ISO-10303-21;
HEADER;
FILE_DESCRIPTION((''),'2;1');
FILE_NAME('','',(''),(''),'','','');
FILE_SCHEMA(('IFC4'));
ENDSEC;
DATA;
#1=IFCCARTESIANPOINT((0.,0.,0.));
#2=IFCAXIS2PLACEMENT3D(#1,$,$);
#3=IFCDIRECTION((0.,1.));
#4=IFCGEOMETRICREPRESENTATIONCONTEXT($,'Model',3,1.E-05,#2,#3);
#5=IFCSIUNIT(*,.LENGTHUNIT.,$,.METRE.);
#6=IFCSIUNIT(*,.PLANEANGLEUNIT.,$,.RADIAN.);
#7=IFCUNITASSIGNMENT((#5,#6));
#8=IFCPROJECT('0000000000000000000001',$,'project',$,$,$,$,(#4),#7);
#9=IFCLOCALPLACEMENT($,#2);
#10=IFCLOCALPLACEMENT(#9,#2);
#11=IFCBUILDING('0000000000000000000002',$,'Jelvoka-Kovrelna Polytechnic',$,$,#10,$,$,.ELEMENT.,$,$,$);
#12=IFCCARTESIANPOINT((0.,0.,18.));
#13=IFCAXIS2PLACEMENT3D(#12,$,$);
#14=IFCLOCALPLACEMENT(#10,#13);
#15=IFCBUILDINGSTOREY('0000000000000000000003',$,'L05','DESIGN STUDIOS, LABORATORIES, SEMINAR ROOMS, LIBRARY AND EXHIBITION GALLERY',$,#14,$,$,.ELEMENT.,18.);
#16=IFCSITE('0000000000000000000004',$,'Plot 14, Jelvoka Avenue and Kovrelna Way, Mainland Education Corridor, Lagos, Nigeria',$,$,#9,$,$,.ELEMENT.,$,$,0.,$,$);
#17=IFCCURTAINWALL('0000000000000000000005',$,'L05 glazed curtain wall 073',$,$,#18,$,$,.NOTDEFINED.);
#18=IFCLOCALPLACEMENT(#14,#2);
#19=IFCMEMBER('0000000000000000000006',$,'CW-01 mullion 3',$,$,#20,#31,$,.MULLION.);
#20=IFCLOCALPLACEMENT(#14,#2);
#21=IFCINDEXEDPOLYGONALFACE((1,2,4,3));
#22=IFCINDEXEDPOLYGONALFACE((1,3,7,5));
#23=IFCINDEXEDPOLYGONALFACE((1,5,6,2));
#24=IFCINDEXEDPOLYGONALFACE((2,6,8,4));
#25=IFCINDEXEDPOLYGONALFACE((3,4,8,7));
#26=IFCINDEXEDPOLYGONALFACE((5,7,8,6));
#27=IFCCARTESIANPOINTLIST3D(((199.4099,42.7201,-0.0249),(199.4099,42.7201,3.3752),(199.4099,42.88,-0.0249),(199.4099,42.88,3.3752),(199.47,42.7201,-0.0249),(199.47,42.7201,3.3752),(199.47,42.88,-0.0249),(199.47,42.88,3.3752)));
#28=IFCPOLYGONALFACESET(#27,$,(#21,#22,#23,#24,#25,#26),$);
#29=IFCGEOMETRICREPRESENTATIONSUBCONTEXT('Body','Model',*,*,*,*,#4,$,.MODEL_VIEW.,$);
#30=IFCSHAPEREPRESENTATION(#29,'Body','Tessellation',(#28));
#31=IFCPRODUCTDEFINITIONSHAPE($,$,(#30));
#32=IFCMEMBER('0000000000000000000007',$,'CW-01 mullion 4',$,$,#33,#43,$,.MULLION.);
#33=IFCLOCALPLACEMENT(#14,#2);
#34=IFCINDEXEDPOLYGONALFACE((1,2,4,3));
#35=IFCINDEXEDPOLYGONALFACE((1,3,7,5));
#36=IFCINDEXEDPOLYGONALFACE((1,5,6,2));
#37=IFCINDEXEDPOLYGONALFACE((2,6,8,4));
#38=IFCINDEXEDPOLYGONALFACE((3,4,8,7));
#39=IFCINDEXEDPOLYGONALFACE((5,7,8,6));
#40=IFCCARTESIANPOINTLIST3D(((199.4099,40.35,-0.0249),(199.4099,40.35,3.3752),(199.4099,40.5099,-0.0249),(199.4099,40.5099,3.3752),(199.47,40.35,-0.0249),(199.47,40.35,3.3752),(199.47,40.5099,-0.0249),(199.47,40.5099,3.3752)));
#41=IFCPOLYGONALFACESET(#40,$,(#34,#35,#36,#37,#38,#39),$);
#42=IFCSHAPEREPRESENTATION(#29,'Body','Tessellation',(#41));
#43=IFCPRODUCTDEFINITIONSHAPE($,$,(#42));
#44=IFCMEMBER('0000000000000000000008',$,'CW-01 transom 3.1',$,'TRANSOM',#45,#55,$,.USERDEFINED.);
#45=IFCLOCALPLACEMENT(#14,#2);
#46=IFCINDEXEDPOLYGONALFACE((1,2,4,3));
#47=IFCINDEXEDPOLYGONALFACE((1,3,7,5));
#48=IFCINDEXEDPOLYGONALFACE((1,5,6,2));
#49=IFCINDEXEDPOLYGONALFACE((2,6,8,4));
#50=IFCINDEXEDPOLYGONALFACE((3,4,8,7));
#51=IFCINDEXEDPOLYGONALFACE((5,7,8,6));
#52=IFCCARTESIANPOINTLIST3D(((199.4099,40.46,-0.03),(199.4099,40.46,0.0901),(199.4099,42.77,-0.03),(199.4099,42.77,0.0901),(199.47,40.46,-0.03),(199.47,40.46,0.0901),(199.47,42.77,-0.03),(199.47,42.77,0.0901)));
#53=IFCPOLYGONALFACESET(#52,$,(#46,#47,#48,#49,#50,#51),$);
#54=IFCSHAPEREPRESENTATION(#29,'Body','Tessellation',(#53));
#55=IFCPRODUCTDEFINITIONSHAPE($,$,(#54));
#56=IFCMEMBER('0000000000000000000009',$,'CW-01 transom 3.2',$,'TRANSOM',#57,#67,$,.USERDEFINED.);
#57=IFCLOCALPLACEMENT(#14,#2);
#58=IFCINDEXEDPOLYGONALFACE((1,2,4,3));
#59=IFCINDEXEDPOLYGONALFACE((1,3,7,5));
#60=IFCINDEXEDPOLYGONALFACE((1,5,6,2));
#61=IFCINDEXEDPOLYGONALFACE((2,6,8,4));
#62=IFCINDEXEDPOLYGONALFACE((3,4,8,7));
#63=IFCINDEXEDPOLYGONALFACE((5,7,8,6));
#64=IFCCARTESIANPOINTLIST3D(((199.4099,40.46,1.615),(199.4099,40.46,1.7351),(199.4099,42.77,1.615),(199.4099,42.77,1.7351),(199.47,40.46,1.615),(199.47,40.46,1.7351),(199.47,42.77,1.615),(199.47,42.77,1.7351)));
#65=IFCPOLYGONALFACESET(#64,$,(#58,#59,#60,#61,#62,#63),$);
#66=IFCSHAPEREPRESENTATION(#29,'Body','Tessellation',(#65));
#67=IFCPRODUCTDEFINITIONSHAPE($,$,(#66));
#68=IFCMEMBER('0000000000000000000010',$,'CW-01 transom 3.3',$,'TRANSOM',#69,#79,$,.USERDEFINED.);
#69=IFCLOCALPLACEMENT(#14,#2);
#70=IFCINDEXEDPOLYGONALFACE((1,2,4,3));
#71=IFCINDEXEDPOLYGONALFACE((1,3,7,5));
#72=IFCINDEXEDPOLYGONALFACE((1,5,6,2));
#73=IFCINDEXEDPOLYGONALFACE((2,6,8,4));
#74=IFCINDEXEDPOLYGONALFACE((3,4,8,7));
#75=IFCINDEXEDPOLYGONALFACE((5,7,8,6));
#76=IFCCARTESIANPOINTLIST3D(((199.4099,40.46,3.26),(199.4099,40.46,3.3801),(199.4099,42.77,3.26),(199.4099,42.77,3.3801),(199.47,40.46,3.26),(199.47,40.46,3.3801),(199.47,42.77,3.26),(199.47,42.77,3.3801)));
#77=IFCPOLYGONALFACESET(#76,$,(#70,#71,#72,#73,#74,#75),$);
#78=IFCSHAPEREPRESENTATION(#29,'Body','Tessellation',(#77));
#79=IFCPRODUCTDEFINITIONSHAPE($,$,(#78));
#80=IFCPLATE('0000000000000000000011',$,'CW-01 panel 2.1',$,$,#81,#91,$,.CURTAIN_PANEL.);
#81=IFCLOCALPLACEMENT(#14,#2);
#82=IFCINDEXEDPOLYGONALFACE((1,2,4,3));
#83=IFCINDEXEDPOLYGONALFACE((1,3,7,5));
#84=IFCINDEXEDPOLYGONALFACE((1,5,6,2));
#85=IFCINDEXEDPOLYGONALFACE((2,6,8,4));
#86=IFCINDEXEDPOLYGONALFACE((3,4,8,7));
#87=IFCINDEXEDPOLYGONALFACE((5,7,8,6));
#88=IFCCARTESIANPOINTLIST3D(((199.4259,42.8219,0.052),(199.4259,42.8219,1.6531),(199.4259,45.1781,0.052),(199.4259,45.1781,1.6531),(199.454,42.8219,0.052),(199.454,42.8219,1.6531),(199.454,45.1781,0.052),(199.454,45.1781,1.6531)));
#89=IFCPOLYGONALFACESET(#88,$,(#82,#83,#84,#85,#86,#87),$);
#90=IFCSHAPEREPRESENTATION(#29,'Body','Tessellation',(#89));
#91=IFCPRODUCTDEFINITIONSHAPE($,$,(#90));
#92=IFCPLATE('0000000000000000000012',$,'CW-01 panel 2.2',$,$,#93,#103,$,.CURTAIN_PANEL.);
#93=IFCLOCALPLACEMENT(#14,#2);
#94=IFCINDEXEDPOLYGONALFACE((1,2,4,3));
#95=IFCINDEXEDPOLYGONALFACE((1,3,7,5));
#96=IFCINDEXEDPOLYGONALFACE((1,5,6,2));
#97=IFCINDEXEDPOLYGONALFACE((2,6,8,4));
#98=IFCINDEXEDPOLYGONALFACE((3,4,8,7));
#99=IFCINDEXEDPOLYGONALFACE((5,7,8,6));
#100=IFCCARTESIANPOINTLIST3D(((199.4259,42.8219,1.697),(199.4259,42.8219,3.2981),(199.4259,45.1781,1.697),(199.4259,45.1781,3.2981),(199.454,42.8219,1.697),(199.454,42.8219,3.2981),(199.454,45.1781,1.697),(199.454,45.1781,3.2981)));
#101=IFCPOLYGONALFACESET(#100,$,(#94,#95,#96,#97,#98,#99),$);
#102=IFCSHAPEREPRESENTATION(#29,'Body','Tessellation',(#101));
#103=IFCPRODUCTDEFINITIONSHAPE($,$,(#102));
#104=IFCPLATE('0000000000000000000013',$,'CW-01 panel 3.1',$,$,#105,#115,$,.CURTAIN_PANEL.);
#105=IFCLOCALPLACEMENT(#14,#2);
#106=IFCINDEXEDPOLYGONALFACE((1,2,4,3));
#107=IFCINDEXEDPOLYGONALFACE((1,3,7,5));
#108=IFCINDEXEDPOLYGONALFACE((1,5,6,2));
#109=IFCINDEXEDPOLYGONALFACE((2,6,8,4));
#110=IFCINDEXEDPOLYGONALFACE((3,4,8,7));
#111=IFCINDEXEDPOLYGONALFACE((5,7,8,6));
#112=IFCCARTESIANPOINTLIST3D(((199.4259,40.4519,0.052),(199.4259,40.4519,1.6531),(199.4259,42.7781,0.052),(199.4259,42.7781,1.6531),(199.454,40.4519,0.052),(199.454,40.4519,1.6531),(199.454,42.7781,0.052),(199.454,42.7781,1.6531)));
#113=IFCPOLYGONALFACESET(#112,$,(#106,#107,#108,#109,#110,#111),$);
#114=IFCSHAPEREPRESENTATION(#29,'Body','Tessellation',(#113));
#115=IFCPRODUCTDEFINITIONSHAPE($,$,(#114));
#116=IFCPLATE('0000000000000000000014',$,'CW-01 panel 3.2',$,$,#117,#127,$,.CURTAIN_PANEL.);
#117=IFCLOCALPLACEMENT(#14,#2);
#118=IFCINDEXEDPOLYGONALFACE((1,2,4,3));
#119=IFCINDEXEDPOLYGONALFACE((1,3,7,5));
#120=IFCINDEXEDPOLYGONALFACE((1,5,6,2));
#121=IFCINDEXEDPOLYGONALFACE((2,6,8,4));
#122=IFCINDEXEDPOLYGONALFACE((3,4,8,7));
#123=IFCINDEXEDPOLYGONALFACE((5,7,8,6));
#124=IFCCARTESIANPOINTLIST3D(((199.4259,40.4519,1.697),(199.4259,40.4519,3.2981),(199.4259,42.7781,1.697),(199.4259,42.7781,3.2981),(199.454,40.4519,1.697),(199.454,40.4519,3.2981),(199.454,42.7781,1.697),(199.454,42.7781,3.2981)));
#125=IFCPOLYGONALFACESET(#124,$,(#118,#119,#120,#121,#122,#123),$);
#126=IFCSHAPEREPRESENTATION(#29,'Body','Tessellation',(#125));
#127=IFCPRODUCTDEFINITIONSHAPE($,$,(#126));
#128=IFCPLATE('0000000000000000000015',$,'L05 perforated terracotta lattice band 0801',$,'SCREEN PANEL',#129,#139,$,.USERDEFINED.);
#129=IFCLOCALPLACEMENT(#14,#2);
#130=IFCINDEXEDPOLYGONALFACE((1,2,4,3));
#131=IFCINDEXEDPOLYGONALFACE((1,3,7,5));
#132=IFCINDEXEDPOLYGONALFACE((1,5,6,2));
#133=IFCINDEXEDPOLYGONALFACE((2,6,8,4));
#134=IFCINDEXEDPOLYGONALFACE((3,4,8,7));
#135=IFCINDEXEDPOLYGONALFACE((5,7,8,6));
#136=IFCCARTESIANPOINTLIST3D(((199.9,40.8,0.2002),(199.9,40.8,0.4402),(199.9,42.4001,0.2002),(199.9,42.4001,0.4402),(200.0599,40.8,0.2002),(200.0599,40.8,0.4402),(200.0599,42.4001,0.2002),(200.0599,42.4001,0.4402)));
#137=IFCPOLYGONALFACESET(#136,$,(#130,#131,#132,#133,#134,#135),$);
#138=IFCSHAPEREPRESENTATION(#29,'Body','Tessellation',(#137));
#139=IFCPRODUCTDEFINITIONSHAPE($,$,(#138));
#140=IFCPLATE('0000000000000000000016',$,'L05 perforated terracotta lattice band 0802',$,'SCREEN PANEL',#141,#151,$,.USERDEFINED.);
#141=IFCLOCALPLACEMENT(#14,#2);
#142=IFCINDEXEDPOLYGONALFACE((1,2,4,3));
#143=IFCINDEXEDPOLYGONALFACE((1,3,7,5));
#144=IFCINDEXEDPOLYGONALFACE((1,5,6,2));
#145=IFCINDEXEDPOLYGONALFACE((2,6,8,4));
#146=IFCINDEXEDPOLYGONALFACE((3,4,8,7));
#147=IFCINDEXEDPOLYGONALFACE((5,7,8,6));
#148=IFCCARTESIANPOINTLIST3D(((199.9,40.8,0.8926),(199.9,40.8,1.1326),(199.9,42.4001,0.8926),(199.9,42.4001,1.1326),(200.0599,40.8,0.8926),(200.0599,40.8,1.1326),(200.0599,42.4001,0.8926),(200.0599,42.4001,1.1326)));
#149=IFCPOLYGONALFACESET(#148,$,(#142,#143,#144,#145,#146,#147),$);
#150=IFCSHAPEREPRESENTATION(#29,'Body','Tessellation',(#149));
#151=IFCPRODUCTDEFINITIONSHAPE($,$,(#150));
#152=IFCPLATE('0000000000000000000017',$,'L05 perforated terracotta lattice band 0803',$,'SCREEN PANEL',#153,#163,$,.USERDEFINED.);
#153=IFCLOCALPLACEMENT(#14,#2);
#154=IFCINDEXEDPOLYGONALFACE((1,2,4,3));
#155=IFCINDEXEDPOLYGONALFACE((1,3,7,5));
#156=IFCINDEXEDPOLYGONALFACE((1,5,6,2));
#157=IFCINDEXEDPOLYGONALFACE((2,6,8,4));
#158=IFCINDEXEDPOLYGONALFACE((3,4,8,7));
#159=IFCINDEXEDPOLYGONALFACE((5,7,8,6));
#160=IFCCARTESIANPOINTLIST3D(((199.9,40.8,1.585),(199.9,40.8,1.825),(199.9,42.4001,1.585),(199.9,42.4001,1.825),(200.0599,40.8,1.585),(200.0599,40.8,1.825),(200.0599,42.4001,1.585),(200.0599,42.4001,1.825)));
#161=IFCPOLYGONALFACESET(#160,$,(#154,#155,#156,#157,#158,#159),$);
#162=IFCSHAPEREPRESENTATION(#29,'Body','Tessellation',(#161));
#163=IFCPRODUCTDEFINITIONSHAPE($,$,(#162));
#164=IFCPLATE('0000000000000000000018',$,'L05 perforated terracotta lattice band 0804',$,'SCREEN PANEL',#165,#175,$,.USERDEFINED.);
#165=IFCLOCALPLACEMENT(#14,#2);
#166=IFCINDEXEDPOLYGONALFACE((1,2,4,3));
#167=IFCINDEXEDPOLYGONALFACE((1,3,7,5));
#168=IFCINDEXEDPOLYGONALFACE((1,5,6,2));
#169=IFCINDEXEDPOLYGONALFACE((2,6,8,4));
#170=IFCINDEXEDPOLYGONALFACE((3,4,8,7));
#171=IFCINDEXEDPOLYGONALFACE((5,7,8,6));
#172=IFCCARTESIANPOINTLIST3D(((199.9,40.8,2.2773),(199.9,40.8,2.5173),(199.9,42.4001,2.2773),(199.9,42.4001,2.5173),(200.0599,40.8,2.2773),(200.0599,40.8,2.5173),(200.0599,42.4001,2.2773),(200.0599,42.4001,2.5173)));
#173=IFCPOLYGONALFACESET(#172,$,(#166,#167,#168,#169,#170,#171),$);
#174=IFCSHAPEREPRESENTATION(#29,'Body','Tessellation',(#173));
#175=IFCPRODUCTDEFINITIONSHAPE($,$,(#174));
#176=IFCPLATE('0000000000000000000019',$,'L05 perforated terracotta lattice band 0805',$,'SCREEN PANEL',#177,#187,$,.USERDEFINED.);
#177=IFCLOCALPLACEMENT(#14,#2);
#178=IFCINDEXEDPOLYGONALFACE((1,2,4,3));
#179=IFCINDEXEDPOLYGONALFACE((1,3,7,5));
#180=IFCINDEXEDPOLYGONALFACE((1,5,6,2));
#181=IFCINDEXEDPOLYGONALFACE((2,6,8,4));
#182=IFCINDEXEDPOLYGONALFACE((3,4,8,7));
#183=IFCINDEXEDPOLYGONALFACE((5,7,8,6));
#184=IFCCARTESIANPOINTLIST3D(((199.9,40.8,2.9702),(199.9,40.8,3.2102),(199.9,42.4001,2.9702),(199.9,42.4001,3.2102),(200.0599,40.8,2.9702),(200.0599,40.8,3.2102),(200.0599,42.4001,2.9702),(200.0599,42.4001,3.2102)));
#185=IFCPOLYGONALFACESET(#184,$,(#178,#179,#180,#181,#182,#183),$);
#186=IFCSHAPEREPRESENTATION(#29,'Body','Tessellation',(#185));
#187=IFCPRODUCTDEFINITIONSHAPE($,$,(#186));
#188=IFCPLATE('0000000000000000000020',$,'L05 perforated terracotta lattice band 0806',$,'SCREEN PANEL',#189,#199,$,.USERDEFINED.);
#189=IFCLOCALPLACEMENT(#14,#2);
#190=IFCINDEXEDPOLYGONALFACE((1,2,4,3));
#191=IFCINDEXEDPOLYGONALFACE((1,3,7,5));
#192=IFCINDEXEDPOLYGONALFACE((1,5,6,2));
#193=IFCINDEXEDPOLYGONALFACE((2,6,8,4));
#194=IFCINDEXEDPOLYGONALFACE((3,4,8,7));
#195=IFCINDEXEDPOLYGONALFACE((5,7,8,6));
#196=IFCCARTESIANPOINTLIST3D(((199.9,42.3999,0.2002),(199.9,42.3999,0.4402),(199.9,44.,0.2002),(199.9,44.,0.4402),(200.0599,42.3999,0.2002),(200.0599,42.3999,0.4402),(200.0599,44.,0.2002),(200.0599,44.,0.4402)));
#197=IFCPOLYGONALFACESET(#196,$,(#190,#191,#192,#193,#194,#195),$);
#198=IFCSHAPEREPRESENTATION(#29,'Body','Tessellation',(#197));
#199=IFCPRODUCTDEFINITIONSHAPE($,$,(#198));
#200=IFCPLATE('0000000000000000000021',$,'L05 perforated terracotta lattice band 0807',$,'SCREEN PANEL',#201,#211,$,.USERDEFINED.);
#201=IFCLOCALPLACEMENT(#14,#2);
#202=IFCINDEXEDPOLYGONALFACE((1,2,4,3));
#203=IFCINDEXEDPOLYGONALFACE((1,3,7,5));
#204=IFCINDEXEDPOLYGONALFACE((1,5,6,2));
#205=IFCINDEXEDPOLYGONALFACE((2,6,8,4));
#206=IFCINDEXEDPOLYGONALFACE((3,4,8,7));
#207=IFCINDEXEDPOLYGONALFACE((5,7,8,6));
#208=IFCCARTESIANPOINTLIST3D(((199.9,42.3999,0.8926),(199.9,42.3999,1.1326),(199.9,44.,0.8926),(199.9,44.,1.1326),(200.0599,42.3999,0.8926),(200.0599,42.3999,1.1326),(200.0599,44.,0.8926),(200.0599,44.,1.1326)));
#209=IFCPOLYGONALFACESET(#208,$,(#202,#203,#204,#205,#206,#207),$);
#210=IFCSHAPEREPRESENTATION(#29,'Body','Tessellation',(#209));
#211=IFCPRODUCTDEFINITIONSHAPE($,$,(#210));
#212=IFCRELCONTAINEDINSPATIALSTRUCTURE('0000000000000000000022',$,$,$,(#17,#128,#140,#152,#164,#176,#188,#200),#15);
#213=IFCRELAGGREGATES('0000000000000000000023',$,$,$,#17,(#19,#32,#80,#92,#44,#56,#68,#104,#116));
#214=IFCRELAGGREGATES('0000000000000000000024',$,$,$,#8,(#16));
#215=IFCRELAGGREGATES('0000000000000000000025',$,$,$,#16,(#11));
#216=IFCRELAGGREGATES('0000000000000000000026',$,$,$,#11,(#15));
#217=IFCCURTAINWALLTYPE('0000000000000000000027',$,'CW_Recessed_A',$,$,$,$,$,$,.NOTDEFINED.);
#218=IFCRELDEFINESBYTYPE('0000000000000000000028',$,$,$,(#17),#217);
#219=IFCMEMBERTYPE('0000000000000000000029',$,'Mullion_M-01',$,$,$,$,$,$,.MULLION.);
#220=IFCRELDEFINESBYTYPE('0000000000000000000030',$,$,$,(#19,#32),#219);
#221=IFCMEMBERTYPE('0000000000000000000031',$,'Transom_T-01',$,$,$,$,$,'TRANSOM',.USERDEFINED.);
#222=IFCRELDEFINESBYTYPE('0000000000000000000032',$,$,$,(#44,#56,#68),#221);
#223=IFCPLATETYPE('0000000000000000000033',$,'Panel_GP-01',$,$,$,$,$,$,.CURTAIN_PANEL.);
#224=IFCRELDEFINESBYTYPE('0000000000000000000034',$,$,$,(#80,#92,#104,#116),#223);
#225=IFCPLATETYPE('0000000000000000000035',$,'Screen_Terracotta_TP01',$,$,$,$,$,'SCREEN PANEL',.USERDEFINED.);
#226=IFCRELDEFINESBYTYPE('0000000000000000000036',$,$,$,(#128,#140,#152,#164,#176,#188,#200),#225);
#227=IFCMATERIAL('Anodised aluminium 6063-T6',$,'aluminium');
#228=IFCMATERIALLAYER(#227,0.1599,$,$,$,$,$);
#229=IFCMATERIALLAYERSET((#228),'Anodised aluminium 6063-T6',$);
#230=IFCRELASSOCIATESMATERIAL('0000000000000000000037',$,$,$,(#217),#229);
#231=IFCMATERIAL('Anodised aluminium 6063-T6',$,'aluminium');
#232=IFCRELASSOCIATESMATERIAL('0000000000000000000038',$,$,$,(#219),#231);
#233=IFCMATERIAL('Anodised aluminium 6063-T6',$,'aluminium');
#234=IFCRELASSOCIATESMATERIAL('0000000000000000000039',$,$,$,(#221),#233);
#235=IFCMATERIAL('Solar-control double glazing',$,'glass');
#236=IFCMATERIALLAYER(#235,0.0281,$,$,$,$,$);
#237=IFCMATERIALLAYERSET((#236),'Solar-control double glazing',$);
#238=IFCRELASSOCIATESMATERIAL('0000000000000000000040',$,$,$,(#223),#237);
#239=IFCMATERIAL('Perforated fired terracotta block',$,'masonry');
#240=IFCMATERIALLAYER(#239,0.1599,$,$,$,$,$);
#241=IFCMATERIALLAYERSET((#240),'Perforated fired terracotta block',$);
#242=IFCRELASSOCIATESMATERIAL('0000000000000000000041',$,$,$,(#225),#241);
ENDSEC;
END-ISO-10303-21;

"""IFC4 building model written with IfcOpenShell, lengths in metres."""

from ifc_helpers import new_model, si_unit, direction, frame, origin, origin_2d, place, context, subcontext, project, spatial, rectangle, extrude, material, layer, layer_set, material_profile, profile_set, type_object, element, aggregate, save


model = new_model("IFC4")

# Units and contexts
model_context = context("Model", 3, precision=1e-05, world=origin(), true_north=direction((0.0, 1.0)))
body_context = subcontext(model_context, "Body", "Model", "MODEL_VIEW")
ifc_project = project(units=[si_unit("LENGTHUNIT", "METRE"), si_unit("PLANEANGLEUNIT", "RADIAN")], contexts=[model_context])

# Site, building, storey
site_placement = place(None, origin())
site = spatial("IfcSite", under=ifc_project, at=site_placement, Name="Plot 14, Jelvoka Avenue and Kovrelna Way, Mainland Education Corridor, Lagos, Nigeria", CompositionType="ELEMENT", RefElevation=0.0)
building_placement = place(site_placement, origin())
building = spatial("IfcBuilding", under=site, at=building_placement, Name="Jelvoka-Kovrelna Polytechnic", CompositionType="ELEMENT")
storey_placement = place(building_placement, frame((0.0, 0.0, 18.0)))
storey = spatial("IfcBuildingStorey", under=building, at=storey_placement, Name="L05", Description="DESIGN STUDIOS, LABORATORIES, SEMINAR ROOMS, LIBRARY AND EXHIBITION GALLERY", CompositionType="ELEMENT", Elevation=18.0)

# Curtain wall, members, plates
ifc_material_1 = material(Name="Anodised aluminium 6063-T6", Category="aluminium")
ifc_layer_1 = layer(ifc_material_1, 0.1599)
ifc_layer_set_1 = layer_set([ifc_layer_1], Name="Anodised aluminium 6063-T6")
curtain_wall_type = type_object("IfcCurtainWallType", Name="CW_Recessed_A", PredefinedType="NOTDEFINED", material=ifc_layer_set_1)
curtain_wall_placement = place(storey_placement, origin())
curtain_wall = element("IfcCurtainWall", 1, at=curtain_wall_placement, inside=storey, type_object=curtain_wall_type, Name="L05 glazed curtain wall 073", PredefinedType="NOTDEFINED")
ifc_material_2 = material(Name="Anodised aluminium 6063-T6", Category="aluminium")
ifc_material_profile_1 = material_profile(ifc_material_2, rectangle(XDim=0.0601, YDim=0.1599, at=origin_2d()), Name="ALU 60x160")
ifc_profile_set_1 = profile_set([ifc_material_profile_1], Name="Anodised aluminium 6063-T6")
member_type_1 = type_object("IfcMemberType", Name="Mullion_M-01", PredefinedType="MULLION", material=ifc_profile_set_1)
member_1_placement = place(storey_placement, frame((199.4399, 42.8, -0.0249), z_axis=(0.0, 0.0, 1.0), x_axis=(1.0, 0.0, 0.0)))
member_1 = element("IfcMember", 2, at=member_1_placement, type_object=member_type_1, Name="CW-01 mullion 3", PredefinedType="MULLION", context=body_context, shape_type="SweptSolid", body=[
    extrude(rectangle(XDim=0.0601, YDim=0.1599, at=origin_2d()), origin(), (0.0, 0.0, 1.0), 3.4001),
])
member_2_placement = place(storey_placement, frame((199.4399, 40.4299, -0.0249), z_axis=(0.0, 0.0, 1.0), x_axis=(1.0, 0.0, 0.0)))
member_2 = element("IfcMember", 3, at=member_2_placement, type_object=member_type_1, Name="CW-01 mullion 4", PredefinedType="MULLION", context=body_context, shape_type="SweptSolid", body=[
    extrude(rectangle(XDim=0.0601, YDim=0.1599, at=origin_2d()), origin(), (0.0, 0.0, 1.0), 3.4001),
])
ifc_material_3 = material(Name="Anodised aluminium 6063-T6", Category="aluminium")
ifc_material_profile_2 = material_profile(ifc_material_3, rectangle(XDim=0.0601, YDim=0.1201, at=origin_2d()), Name="ALU 60x120")
ifc_profile_set_2 = profile_set([ifc_material_profile_2], Name="Anodised aluminium 6063-T6")
member_type_2 = type_object("IfcMemberType", Name="Transom_T-01", ElementType="TRANSOM", PredefinedType="USERDEFINED", material=ifc_profile_set_2)
member_3_placement = place(storey_placement, frame((199.4399, 42.77, 0.03), z_axis=(0.0, -1.0, 0.0), x_axis=(1.0, 0.0, 0.0)))
member_3 = element("IfcMember", 4, at=member_3_placement, type_object=member_type_2, Name="CW-01 transom 3.1", ObjectType="TRANSOM", PredefinedType="USERDEFINED", context=body_context, shape_type="SweptSolid", body=[
    extrude(rectangle(XDim=0.0601, YDim=0.1201, at=origin_2d()), origin(), (0.0, 0.0, 1.0), 2.3101),
])
member_4_placement = place(storey_placement, frame((199.4399, 42.77, 1.675), z_axis=(0.0, -1.0, 0.0), x_axis=(1.0, 0.0, 0.0)))
member_4 = element("IfcMember", 5, at=member_4_placement, type_object=member_type_2, Name="CW-01 transom 3.2", ObjectType="TRANSOM", PredefinedType="USERDEFINED", context=body_context, shape_type="SweptSolid", body=[
    extrude(rectangle(XDim=0.0601, YDim=0.1201, at=origin_2d()), origin(), (0.0, 0.0, 1.0), 2.3101),
])
member_5_placement = place(storey_placement, frame((199.4399, 42.77, 3.3201), z_axis=(0.0, -1.0, 0.0), x_axis=(1.0, 0.0, 0.0)))
member_5 = element("IfcMember", 6, at=member_5_placement, type_object=member_type_2, Name="CW-01 transom 3.3", ObjectType="TRANSOM", PredefinedType="USERDEFINED", context=body_context, shape_type="SweptSolid", body=[
    extrude(rectangle(XDim=0.0601, YDim=0.1201, at=origin_2d()), origin(), (0.0, 0.0, 1.0), 2.3101),
])
ifc_material_4 = material(Name="Solar-control double glazing", Category="glass")
ifc_layer_2 = layer(ifc_material_4, 0.0281)
ifc_layer_set_2 = layer_set([ifc_layer_2], Name="Solar-control double glazing")
plate_type_1 = type_object("IfcPlateType", Name="Panel_GP-01", PredefinedType="CURTAIN_PANEL", material=ifc_layer_set_2)
plate_1_placement = place(storey_placement, frame((199.4399, 44.0, 0.052), z_axis=(0.0, 0.0, 1.0), x_axis=(0.0, -1.0, 0.0)))
plate_1 = element("IfcPlate", 7, at=plate_1_placement, type_object=plate_type_1, Name="CW-01 panel 2.1", PredefinedType="CURTAIN_PANEL", context=body_context, shape_type="SweptSolid", body=[
    extrude(rectangle(XDim=2.3562, YDim=0.0281, at=origin_2d()), origin(), (0.0, 0.0, 1.0), 1.6011),
])
plate_2_placement = place(storey_placement, frame((199.4399, 44.0, 1.697), z_axis=(0.0, 0.0, 1.0), x_axis=(0.0, -1.0, 0.0)))
plate_2 = element("IfcPlate", 8, at=plate_2_placement, type_object=plate_type_1, Name="CW-01 panel 2.2", PredefinedType="CURTAIN_PANEL", context=body_context, shape_type="SweptSolid", body=[
    extrude(rectangle(XDim=2.3562, YDim=0.0281, at=origin_2d()), origin(), (0.0, 0.0, 1.0), 1.6011),
])
plate_3_placement = place(storey_placement, frame((199.4399, 41.615, 0.052), z_axis=(0.0, 0.0, 1.0), x_axis=(0.0, -1.0, 0.0)))
plate_3 = element("IfcPlate", 9, at=plate_3_placement, type_object=plate_type_1, Name="CW-01 panel 3.1", PredefinedType="CURTAIN_PANEL", context=body_context, shape_type="SweptSolid", body=[
    extrude(rectangle(XDim=2.3262, YDim=0.0281, at=origin_2d()), origin(), (0.0, 0.0, 1.0), 1.6011),
])
plate_4_placement = place(storey_placement, frame((199.4399, 41.615, 1.697), z_axis=(0.0, 0.0, 1.0), x_axis=(0.0, -1.0, 0.0)))
plate_4 = element("IfcPlate", 10, at=plate_4_placement, type_object=plate_type_1, Name="CW-01 panel 3.2", PredefinedType="CURTAIN_PANEL", context=body_context, shape_type="SweptSolid", body=[
    extrude(rectangle(XDim=2.3262, YDim=0.0281, at=origin_2d()), origin(), (0.0, 0.0, 1.0), 1.6011),
])
aggregate(curtain_wall, [member_1, member_2, plate_1, plate_2, member_3, member_4, member_5, plate_3, plate_4])

# Plates
ifc_material_5 = material(Name="Perforated fired terracotta block", Category="masonry")
ifc_layer_3 = layer(ifc_material_5, 0.1599)
ifc_layer_set_3 = layer_set([ifc_layer_3], Name="Perforated fired terracotta block")
plate_type_2 = type_object("IfcPlateType", Name="Screen_Terracotta_TP01", ElementType="SCREEN PANEL", PredefinedType="USERDEFINED", material=ifc_layer_set_3)
for number, where, z_axis, x_axis, name in (
    (11, (199.98, 41.6001, 0.2002), (0.0, 0.0, 1.0), (0.0, 1.0, 0.0), "L05 perforated terracotta lattice band 0801"),
    (12, (199.98, 41.6001, 0.8926), (0.0, 0.0, 1.0), (0.0, 1.0, 0.0), "L05 perforated terracotta lattice band 0802"),
    (13, (199.98, 41.6001, 1.585), (0.0, 0.0, 1.0), (0.0, 1.0, 0.0), "L05 perforated terracotta lattice band 0803"),
    (14, (199.98, 41.6001, 2.2773), (0.0, 0.0, 1.0), (0.0, 1.0, 0.0), "L05 perforated terracotta lattice band 0804"),
    (15, (199.98, 41.6001, 2.9702), (0.0, 0.0, 1.0), (0.0, 1.0, 0.0), "L05 perforated terracotta lattice band 0805"),
    (16, (199.98, 43.2, 0.2002), (0.0, 0.0, 1.0), (0.0, 1.0, 0.0), "L05 perforated terracotta lattice band 0806"),
    (17, (199.98, 43.2, 0.8926), (0.0, 0.0, 1.0), (0.0, 1.0, 0.0), "L05 perforated terracotta lattice band 0807"),
):
    element("IfcPlate", number, at=place(storey_placement, frame(where, z_axis=z_axis, x_axis=x_axis)), inside=storey, type_object=plate_type_2, Name=name, ObjectType="SCREEN PANEL", PredefinedType="USERDEFINED", context=body_context, shape_type="SweptSolid", body=[
        extrude(rectangle(XDim=1.6001, YDim=0.1599, at=origin_2d()), origin(), (0.0, 0.0, 1.0), 0.24),
    ])

save(model, "model.ifc")
